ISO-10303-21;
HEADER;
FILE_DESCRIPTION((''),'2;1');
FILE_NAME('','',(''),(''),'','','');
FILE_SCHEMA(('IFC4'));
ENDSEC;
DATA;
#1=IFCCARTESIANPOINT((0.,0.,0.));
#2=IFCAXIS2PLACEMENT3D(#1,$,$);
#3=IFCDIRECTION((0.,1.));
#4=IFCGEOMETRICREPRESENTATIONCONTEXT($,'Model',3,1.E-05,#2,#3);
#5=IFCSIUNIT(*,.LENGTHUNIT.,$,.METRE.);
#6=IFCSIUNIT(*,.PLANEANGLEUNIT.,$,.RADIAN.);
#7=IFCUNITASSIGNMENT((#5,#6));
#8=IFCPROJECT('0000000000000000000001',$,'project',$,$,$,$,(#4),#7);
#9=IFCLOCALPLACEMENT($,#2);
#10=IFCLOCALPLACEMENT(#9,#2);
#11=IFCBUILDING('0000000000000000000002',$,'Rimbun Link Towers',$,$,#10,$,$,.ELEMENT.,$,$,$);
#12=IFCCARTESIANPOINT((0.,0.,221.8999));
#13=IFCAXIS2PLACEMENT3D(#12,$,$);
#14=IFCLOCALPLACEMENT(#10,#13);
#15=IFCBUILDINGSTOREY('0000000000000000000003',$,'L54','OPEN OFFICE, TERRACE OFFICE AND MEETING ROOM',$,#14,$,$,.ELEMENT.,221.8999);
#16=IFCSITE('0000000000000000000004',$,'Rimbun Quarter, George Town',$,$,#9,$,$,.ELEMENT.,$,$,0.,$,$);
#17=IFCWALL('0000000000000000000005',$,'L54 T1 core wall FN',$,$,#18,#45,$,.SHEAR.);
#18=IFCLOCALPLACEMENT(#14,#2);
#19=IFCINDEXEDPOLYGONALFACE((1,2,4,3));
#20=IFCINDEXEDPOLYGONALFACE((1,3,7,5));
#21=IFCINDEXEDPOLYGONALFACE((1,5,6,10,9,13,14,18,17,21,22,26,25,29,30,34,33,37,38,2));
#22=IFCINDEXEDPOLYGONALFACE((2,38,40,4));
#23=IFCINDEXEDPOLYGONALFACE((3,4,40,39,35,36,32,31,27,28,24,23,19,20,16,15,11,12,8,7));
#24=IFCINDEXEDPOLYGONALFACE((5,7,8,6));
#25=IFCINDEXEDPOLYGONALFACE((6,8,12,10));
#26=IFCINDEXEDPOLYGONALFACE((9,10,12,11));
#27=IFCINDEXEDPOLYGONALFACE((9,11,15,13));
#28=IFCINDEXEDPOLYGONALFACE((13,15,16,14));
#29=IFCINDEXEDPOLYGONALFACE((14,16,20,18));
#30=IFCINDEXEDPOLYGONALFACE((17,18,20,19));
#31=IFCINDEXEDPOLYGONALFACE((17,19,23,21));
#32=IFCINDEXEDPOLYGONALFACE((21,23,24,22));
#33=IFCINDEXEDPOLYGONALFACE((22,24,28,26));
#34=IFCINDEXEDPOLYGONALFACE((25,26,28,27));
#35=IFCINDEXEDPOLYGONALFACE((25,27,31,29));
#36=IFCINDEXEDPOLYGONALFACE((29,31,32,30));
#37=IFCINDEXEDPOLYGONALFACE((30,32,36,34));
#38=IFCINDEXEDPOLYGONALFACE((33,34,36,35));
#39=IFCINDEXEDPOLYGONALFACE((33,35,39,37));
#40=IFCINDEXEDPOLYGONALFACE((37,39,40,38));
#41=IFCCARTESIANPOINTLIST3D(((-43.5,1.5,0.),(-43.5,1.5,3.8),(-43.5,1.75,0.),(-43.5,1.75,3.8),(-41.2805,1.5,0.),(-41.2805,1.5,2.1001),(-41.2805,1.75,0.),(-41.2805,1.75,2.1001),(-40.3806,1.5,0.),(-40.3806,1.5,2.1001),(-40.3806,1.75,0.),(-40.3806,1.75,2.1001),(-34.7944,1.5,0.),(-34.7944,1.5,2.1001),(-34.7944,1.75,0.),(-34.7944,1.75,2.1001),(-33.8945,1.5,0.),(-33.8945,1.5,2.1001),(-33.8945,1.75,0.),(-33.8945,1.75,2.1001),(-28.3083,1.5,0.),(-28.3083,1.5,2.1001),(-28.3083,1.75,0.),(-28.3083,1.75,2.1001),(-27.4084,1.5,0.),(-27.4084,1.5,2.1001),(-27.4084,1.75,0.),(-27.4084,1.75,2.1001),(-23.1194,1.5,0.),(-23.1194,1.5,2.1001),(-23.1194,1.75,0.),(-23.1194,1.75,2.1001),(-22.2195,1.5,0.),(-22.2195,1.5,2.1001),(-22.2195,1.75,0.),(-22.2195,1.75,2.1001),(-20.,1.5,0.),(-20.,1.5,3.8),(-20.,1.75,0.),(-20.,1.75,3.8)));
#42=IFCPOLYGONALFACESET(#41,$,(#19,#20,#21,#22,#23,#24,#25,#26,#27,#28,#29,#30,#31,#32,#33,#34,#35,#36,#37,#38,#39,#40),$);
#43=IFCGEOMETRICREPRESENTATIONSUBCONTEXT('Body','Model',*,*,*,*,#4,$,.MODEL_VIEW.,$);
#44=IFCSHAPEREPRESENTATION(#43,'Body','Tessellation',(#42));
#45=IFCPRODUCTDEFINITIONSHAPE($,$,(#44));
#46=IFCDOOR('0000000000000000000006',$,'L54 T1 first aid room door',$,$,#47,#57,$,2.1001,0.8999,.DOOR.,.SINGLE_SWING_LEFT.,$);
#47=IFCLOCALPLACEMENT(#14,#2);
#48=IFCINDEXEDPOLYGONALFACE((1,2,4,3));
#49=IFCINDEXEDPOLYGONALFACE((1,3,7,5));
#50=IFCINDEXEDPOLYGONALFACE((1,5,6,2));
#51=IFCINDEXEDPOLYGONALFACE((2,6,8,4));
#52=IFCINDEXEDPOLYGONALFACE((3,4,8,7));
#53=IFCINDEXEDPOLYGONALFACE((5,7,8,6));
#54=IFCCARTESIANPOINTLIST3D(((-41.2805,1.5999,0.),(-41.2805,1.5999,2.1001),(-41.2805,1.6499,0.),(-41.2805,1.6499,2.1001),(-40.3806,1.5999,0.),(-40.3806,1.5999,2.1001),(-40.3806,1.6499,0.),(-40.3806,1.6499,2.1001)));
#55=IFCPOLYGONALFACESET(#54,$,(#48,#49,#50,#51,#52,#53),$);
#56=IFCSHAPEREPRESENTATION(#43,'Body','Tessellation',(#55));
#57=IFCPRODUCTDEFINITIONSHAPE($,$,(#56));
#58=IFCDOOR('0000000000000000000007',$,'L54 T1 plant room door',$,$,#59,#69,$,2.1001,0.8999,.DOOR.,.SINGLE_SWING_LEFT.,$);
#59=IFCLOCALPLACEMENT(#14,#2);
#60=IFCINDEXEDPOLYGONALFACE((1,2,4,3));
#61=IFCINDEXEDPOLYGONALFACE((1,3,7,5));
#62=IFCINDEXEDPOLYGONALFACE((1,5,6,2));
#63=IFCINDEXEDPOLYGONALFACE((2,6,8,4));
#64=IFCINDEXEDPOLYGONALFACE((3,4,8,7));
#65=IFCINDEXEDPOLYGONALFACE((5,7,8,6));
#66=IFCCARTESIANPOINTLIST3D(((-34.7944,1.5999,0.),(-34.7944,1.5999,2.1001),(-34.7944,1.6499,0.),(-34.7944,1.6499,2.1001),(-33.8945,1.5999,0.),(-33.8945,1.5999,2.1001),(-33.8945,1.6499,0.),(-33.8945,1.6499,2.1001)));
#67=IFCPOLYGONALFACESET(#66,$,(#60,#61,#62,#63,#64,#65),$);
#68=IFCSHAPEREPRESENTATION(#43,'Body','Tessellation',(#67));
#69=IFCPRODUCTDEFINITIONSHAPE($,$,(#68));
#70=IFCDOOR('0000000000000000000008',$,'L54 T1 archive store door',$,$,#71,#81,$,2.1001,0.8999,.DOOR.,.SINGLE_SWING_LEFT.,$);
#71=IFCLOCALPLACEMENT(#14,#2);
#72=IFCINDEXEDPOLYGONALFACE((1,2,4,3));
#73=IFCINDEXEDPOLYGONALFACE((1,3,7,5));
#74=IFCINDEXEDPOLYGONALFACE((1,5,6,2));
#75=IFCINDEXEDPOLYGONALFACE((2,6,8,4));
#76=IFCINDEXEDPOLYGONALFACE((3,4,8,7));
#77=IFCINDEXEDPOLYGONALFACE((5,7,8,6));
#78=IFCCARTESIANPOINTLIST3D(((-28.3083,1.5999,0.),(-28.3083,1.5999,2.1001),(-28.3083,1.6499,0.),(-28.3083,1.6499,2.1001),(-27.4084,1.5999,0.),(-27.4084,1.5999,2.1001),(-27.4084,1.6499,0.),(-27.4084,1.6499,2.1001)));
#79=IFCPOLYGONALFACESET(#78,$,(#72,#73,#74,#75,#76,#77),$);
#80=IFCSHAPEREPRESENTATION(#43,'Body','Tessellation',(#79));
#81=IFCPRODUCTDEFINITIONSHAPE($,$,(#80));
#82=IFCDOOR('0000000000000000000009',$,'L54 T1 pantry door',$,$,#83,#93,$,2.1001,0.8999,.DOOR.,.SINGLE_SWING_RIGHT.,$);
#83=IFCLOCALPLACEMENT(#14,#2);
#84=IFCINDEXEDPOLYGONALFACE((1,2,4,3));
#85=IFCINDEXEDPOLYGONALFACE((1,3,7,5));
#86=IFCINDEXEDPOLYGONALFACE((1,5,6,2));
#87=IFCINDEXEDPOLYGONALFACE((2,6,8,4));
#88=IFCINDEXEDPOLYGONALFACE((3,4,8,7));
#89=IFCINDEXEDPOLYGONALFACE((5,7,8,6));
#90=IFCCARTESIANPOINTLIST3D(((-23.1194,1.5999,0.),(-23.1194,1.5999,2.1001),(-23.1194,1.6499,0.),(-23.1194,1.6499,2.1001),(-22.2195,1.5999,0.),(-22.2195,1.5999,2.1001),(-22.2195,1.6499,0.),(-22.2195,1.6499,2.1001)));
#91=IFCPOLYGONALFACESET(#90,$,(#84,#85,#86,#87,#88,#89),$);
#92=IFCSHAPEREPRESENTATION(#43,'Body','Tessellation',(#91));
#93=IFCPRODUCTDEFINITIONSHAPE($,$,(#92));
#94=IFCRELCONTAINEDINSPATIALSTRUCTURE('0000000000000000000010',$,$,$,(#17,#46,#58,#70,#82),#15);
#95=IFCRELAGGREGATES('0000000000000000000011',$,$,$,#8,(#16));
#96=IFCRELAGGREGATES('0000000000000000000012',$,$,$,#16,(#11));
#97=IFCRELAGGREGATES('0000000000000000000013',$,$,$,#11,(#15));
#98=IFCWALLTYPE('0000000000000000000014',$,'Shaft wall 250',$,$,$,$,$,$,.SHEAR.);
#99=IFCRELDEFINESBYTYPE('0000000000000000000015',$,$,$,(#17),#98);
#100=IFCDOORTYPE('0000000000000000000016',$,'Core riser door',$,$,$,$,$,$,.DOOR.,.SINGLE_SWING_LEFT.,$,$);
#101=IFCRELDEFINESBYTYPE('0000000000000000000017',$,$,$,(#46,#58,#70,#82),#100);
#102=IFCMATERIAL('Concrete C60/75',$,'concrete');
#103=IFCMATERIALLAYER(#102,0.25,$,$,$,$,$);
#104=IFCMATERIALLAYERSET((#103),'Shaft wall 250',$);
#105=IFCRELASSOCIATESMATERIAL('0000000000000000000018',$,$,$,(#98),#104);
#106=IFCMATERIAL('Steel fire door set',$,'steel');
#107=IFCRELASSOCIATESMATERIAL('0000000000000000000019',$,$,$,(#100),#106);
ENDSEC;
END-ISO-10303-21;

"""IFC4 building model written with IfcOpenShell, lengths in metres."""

from ifc_helpers import new_model, si_unit, direction, frame, frame_2d, origin, place, context, subcontext, project, spatial, rectangle, extrude, material, layer, layer_set, type_object, element, fill, save


model = new_model("IFC4")

# Units and contexts
model_context = context("Model", 3, precision=1e-05, world=origin(), true_north=direction((0.0, 1.0)))
body_context = subcontext(model_context, "Body", "Model", "MODEL_VIEW")
ifc_project = project(units=[si_unit("LENGTHUNIT", "METRE"), si_unit("PLANEANGLEUNIT", "RADIAN")], contexts=[model_context])

# Site, building, storey
site_placement = place(None, origin())
site = spatial("IfcSite", under=ifc_project, at=site_placement, Name="Rimbun Quarter, George Town", CompositionType="ELEMENT", RefElevation=0.0)
building_placement = place(site_placement, origin())
building = spatial("IfcBuilding", under=site, at=building_placement, Name="Rimbun Link Towers", CompositionType="ELEMENT")
storey_placement = place(building_placement, frame((0.0, 0.0, 221.8999)))
storey = spatial("IfcBuildingStorey", under=building, at=storey_placement, Name="L54", Description="OPEN OFFICE, TERRACE OFFICE AND MEETING ROOM", CompositionType="ELEMENT", Elevation=221.8999)

# Shared definitions
ifc_material_1 = material(Name="Concrete C60/75", Category="concrete")
ifc_layer_1 = layer(ifc_material_1, 0.25)
ifc_layer_set_1 = layer_set([ifc_layer_1], Name="Shaft wall 250")
wall_type_1 = type_object("IfcWallType", Name="Shaft wall 250", PredefinedType="SHEAR", material=ifc_layer_set_1)

# Wall, openings, doors
wall_1_placement = place(storey_placement, frame((-43.5, 1.625, 0.0), z_axis=(0.0, 0.0, 1.0), x_axis=(1.0, 0.0, 0.0)))
wall_1 = element("IfcWall", 1, at=wall_1_placement, inside=storey, type_object=wall_type_1, Name="L54 T1 core wall FN", PredefinedType="SHEAR", context=body_context, shape_type="SweptSolid", body=[
    extrude(rectangle(XDim=23.5, YDim=0.25, at=frame_2d((11.75, 0.0))), origin(), (0.0, 0.0, 1.0), 3.8),
])
opening_1_placement = place(wall_1_placement, frame((2.2195, 0.0, 0.0)))
opening_1 = element("IfcOpeningElement", 2, at=opening_1_placement, cuts=wall_1, PredefinedType="OPENING", context=body_context, shape_type="SweptSolid", body=[
    extrude(rectangle(XDim=0.8999, YDim=2.1001, at=frame_2d((0.45, 1.05))), frame((0.0, 0.135, 0.0), z_axis=(0.0, -1.0, 0.0), x_axis=(1.0, 0.0, 0.0)), (0.0, 0.0, 1.0), 0.27),
])
opening_2_placement = place(wall_1_placement, frame((8.7056, 0.0, 0.0)))
opening_2 = element("IfcOpeningElement", 3, at=opening_2_placement, cuts=wall_1, PredefinedType="OPENING", context=body_context, shape_type="SweptSolid", body=[
    extrude(rectangle(XDim=0.8999, YDim=2.1001, at=frame_2d((0.45, 1.05))), frame((0.0, 0.135, 0.0), z_axis=(0.0, -1.0, 0.0), x_axis=(1.0, 0.0, 0.0)), (0.0, 0.0, 1.0), 0.27),
])
opening_3_placement = place(wall_1_placement, frame((15.1917, 0.0, 0.0)))
opening_3 = element("IfcOpeningElement", 4, at=opening_3_placement, cuts=wall_1, PredefinedType="OPENING", context=body_context, shape_type="SweptSolid", body=[
    extrude(rectangle(XDim=0.8999, YDim=2.1001, at=frame_2d((0.45, 1.05))), frame((0.0, 0.135, 0.0), z_axis=(0.0, -1.0, 0.0), x_axis=(1.0, 0.0, 0.0)), (0.0, 0.0, 1.0), 0.27),
])
opening_4_placement = place(wall_1_placement, frame((20.3806, 0.0, 0.0)))
opening_4 = element("IfcOpeningElement", 5, at=opening_4_placement, cuts=wall_1, PredefinedType="OPENING", context=body_context, shape_type="SweptSolid", body=[
    extrude(rectangle(XDim=0.8999, YDim=2.1001, at=frame_2d((0.45, 1.05))), frame((0.0, 0.135, 0.0), z_axis=(0.0, -1.0, 0.0), x_axis=(1.0, 0.0, 0.0)), (0.0, 0.0, 1.0), 0.27),
])
ifc_material_2 = material(Name="Steel fire door set", Category="steel")
door_type_1 = type_object("IfcDoorType", Name="Core riser door", OperationType="SINGLE_SWING_LEFT", PredefinedType="DOOR", material=ifc_material_2)
door_1_placement = place(opening_1_placement, origin())
door_1 = element("IfcDoor", 6, at=door_1_placement, inside=storey, type_object=door_type_1, Name="L54 T1 first aid room door", OperationType="SINGLE_SWING_LEFT", OverallHeight=2.1001, OverallWidth=0.8999, PredefinedType="DOOR", context=body_context, shape_type="SweptSolid", body=[
    extrude(rectangle(XDim=0.8999, YDim=2.1001, at=frame_2d((0.45, 1.05))), frame((0.0, 0.0249, 0.0), z_axis=(0.0, -1.0, 0.0), x_axis=(1.0, 0.0, 0.0)), (0.0, 0.0, 1.0), 0.05),
])
fill(opening_1, door_1)
door_2_placement = place(opening_2_placement, origin())
door_2 = element("IfcDoor", 7, at=door_2_placement, inside=storey, type_object=door_type_1, Name="L54 T1 plant room door", OperationType="SINGLE_SWING_LEFT", OverallHeight=2.1001, OverallWidth=0.8999, PredefinedType="DOOR", context=body_context, shape_type="SweptSolid", body=[
    extrude(rectangle(XDim=0.8999, YDim=2.1001, at=frame_2d((0.45, 1.05))), frame((0.0, 0.0249, 0.0), z_axis=(0.0, -1.0, 0.0), x_axis=(1.0, 0.0, 0.0)), (0.0, 0.0, 1.0), 0.05),
])
fill(opening_2, door_2)
door_3_placement = place(opening_3_placement, origin())
door_3 = element("IfcDoor", 8, at=door_3_placement, inside=storey, type_object=door_type_1, Name="L54 T1 archive store door", OperationType="SINGLE_SWING_LEFT", OverallHeight=2.1001, OverallWidth=0.8999, PredefinedType="DOOR", context=body_context, shape_type="SweptSolid", body=[
    extrude(rectangle(XDim=0.8999, YDim=2.1001, at=frame_2d((0.45, 1.05))), frame((0.0, 0.0249, 0.0), z_axis=(0.0, -1.0, 0.0), x_axis=(1.0, 0.0, 0.0)), (0.0, 0.0, 1.0), 0.05),
])
fill(opening_3, door_3)
door_4_placement = place(opening_4_placement, origin())
door_4 = element("IfcDoor", 9, at=door_4_placement, inside=storey, type_object=door_type_1, Name="L54 T1 pantry door", OperationType="SINGLE_SWING_RIGHT", OverallHeight=2.1001, OverallWidth=0.8999, PredefinedType="DOOR", context=body_context, shape_type="SweptSolid", body=[
    extrude(rectangle(XDim=0.8999, YDim=2.1001, at=frame_2d((0.45, 1.05))), frame((0.0, 0.0249, 0.0), z_axis=(0.0, -1.0, 0.0), x_axis=(1.0, 0.0, 0.0)), (0.0, 0.0, 1.0), 0.05),
])
fill(opening_4, door_4)

save(model, "model.ifc")
